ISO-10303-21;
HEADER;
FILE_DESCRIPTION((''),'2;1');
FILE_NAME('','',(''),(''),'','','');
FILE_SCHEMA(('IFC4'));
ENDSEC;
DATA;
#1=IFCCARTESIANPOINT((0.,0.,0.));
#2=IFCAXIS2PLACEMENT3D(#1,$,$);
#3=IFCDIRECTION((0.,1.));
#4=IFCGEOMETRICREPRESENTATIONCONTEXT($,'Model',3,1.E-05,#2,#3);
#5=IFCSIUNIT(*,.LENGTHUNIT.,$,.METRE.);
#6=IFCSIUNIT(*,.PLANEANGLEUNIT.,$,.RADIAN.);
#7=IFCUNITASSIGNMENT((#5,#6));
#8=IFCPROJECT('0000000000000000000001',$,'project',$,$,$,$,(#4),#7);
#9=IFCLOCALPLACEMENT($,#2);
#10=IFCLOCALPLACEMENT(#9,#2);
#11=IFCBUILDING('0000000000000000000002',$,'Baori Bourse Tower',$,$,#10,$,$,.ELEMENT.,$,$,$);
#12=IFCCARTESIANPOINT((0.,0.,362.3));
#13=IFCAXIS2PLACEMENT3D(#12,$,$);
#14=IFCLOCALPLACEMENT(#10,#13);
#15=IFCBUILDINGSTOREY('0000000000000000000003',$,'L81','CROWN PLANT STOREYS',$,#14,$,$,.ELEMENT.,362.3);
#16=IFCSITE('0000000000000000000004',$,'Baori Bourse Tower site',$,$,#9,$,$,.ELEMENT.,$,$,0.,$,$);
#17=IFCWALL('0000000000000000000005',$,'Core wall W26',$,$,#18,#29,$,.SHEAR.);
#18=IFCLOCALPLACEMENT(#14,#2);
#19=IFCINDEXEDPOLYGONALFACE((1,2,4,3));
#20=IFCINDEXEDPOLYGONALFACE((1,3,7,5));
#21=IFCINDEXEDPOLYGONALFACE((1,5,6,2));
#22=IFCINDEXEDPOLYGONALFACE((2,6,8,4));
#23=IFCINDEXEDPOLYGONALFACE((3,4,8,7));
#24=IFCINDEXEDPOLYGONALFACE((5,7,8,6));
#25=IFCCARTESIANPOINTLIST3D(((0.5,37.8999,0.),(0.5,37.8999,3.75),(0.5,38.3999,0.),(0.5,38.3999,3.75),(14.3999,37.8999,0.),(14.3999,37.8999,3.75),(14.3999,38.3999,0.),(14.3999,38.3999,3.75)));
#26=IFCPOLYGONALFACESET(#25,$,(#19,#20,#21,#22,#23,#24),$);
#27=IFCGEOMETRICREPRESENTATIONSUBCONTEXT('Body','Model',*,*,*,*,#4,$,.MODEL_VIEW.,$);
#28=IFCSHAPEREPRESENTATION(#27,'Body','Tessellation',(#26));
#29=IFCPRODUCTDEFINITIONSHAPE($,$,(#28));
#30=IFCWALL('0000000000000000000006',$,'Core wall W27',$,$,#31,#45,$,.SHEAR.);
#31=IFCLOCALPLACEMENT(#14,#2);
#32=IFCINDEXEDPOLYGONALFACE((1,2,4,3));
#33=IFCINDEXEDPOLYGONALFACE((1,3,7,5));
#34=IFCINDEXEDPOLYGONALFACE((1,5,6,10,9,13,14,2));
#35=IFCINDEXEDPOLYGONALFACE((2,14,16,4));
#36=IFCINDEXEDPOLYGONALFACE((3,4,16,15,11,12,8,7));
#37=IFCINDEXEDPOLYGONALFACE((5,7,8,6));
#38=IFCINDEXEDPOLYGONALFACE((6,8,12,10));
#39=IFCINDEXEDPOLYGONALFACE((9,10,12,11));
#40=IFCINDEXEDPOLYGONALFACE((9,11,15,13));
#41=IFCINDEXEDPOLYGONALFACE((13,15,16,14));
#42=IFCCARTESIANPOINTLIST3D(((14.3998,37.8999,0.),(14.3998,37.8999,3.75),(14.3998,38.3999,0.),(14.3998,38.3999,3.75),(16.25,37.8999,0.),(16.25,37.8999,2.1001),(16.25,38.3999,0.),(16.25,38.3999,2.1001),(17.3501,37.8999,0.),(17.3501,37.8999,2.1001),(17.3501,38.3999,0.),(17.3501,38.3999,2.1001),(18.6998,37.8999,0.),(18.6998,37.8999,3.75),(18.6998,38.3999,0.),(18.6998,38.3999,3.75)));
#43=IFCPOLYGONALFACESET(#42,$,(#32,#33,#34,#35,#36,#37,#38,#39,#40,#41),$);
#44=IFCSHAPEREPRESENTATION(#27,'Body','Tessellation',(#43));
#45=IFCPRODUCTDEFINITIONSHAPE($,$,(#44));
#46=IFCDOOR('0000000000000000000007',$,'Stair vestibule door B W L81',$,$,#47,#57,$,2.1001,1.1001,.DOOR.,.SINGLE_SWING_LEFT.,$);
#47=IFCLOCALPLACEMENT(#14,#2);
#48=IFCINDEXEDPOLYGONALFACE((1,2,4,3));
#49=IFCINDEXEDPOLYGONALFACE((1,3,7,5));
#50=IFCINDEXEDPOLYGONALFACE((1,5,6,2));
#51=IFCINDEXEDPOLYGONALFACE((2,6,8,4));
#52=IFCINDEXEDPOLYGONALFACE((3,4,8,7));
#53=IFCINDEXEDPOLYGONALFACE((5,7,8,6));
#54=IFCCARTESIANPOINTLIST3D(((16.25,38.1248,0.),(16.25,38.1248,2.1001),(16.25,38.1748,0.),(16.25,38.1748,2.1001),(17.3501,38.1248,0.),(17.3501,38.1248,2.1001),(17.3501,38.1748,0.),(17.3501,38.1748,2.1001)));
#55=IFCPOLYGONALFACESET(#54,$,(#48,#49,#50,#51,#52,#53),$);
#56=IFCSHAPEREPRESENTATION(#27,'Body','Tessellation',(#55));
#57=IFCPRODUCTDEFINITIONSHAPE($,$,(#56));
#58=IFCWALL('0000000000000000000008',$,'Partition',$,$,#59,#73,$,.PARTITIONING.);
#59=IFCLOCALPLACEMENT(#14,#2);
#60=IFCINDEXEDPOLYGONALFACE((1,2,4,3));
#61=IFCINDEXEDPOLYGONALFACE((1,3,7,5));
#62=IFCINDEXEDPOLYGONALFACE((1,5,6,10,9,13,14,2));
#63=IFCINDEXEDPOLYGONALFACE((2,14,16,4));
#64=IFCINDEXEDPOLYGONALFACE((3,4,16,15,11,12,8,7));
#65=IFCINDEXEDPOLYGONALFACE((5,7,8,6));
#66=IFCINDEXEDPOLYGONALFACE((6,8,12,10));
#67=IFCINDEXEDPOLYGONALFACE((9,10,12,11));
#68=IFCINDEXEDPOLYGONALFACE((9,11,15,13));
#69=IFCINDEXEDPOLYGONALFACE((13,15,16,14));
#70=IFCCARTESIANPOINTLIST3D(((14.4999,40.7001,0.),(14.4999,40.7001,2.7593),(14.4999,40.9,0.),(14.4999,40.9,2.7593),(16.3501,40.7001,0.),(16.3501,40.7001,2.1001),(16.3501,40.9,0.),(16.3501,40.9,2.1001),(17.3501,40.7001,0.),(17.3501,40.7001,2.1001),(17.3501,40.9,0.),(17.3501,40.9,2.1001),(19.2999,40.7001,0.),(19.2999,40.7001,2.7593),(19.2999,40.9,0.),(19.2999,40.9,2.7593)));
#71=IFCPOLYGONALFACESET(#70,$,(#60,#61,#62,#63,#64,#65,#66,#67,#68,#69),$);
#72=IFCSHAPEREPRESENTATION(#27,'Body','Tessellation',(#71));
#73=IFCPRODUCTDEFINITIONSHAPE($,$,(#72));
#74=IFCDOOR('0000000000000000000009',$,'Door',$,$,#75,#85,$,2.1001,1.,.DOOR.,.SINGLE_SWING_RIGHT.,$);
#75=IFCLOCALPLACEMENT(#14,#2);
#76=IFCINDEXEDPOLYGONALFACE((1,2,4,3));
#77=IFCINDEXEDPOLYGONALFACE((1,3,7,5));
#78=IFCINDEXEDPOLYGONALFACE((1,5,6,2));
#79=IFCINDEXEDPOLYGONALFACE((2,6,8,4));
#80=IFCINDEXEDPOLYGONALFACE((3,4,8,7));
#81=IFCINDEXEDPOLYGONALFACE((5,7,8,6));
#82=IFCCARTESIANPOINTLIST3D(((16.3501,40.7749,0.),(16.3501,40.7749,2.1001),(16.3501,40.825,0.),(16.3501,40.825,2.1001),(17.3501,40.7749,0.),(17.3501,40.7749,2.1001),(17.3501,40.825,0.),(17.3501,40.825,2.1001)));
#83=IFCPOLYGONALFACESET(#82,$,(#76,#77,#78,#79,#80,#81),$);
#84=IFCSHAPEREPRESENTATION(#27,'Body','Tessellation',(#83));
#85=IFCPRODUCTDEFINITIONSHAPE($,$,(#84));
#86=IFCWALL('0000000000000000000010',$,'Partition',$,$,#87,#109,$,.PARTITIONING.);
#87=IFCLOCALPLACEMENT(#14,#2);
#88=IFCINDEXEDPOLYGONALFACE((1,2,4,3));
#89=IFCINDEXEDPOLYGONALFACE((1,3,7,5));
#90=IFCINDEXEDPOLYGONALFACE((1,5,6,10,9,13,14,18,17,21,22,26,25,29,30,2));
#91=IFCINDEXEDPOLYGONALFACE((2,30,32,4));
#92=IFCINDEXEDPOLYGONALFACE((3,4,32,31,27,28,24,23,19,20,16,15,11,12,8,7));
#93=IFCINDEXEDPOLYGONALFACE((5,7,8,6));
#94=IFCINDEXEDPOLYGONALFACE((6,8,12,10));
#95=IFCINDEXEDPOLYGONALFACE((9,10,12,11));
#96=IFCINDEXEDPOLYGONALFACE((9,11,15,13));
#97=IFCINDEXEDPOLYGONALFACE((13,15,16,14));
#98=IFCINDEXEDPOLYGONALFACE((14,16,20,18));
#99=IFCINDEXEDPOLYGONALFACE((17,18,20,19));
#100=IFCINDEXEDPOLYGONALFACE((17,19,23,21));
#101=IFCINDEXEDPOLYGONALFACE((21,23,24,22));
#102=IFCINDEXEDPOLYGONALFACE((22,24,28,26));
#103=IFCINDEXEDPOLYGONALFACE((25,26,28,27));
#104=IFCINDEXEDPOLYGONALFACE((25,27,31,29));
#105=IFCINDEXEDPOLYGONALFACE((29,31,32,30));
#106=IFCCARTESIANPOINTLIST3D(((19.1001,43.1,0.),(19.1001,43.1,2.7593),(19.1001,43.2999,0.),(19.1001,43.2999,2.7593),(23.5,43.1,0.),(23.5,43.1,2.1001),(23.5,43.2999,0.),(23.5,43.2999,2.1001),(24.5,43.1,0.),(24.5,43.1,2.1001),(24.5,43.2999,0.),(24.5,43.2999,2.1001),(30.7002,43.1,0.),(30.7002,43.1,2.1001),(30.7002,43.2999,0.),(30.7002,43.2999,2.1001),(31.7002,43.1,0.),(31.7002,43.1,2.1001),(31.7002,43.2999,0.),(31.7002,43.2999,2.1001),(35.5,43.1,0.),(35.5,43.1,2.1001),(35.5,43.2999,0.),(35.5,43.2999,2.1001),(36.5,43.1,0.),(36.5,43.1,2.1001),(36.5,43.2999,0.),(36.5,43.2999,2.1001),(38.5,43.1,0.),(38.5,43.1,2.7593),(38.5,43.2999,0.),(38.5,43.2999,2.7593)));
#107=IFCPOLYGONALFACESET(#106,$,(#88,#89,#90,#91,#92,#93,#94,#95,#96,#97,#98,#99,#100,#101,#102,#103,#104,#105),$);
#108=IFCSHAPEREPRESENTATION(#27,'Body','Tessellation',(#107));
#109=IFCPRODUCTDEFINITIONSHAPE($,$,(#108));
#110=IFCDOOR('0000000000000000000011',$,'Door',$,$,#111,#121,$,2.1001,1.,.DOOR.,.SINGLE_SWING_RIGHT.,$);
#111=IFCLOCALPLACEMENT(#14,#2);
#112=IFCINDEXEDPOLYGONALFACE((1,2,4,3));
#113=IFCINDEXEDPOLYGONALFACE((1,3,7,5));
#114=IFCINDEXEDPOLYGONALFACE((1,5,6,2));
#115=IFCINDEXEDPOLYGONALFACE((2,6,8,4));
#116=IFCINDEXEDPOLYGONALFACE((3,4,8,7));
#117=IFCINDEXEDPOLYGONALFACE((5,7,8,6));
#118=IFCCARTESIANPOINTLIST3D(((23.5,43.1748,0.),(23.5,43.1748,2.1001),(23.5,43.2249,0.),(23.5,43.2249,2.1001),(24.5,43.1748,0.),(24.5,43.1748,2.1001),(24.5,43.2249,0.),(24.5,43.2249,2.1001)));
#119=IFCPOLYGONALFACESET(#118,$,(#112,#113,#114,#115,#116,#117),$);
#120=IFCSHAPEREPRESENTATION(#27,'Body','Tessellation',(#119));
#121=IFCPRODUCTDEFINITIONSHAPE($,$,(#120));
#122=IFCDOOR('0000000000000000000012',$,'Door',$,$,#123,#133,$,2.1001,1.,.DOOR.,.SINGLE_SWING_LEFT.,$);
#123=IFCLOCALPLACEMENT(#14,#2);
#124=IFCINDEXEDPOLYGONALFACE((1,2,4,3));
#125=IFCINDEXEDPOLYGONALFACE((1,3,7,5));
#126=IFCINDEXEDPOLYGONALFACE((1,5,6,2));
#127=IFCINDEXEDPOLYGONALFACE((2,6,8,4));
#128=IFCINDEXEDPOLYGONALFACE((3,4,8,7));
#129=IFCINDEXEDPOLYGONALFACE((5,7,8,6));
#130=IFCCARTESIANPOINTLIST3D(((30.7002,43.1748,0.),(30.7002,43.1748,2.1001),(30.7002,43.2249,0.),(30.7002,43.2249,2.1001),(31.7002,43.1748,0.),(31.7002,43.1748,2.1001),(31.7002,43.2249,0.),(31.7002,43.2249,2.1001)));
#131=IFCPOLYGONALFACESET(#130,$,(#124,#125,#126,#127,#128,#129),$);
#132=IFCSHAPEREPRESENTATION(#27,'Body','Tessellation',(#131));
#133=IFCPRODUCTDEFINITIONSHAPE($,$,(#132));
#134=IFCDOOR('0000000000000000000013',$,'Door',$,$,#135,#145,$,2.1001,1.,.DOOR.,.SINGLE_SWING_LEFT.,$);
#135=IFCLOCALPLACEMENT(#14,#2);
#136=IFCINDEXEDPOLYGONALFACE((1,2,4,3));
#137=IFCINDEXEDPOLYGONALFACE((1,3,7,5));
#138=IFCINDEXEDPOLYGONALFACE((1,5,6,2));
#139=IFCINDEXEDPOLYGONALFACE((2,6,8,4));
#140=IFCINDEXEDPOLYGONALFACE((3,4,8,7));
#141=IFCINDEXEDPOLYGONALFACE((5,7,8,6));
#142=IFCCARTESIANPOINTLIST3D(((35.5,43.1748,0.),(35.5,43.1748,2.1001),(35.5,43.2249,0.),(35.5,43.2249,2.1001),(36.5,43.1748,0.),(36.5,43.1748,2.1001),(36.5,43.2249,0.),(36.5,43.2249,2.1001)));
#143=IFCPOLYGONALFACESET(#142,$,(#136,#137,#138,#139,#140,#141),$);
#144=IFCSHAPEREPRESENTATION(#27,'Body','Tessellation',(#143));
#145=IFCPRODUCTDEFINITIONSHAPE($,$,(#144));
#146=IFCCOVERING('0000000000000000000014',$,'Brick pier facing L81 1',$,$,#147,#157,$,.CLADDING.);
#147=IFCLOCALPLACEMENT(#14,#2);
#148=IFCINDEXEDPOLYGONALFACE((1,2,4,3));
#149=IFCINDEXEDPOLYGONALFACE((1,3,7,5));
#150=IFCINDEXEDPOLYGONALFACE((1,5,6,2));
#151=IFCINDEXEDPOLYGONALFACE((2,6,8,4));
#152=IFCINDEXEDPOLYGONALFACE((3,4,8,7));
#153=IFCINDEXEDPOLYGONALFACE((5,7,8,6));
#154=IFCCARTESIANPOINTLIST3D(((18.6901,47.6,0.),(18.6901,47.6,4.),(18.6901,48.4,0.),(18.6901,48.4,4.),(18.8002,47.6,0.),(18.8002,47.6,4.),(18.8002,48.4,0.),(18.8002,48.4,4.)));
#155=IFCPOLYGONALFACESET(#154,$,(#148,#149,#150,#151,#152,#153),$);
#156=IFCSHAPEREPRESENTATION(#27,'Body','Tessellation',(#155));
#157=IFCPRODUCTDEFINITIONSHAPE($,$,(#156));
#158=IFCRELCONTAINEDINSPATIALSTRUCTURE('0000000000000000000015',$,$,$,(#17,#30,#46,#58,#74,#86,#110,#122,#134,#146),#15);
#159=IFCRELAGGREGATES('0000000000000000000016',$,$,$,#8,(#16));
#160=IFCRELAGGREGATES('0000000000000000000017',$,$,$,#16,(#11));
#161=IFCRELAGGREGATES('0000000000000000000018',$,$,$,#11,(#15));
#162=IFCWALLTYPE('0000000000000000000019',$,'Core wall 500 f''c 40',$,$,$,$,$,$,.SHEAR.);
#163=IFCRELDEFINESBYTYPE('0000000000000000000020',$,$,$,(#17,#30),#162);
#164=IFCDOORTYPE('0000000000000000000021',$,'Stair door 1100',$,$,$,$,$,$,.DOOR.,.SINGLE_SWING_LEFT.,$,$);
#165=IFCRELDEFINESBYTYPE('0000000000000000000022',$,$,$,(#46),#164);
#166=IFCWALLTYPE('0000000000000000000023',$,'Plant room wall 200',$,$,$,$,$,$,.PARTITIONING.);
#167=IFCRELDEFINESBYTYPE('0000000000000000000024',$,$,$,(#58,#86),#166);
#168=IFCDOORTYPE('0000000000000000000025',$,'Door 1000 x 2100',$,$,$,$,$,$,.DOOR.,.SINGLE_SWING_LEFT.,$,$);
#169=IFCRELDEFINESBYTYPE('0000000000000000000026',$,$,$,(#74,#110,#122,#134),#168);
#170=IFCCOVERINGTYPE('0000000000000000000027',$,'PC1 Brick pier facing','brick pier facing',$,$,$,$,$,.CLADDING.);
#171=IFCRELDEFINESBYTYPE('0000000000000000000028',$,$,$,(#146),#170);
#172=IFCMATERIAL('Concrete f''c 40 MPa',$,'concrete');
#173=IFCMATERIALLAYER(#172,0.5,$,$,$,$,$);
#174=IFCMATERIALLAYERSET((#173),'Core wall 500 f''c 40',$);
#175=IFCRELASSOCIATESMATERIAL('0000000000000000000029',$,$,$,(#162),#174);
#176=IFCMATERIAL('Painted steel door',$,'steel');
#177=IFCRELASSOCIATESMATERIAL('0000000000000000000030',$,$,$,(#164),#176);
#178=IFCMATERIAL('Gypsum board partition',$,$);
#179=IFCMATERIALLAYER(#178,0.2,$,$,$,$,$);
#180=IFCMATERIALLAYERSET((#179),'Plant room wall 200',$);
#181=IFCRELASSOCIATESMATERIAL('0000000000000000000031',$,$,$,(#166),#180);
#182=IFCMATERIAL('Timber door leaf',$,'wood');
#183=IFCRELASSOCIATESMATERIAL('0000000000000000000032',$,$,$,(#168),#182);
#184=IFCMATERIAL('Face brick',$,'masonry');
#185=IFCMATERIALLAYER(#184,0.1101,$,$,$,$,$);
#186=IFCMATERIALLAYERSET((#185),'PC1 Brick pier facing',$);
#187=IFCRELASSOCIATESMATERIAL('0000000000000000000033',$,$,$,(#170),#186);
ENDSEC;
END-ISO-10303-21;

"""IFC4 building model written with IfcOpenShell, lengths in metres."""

from ifc_helpers import new_model, si_unit, direction, frame, frame_2d, origin, origin_2d, place, context, subcontext, project, spatial, rectangle, extrude, material, layer, layer_set, type_object, element, fill, save


model = new_model("IFC4")

# Units and contexts
model_context = context("Model", 3, precision=1e-05, world=origin(), true_north=direction((0.0, 1.0)))
body_context = subcontext(model_context, "Body", "Model", "MODEL_VIEW")
ifc_project = project(units=[si_unit("LENGTHUNIT", "METRE"), si_unit("PLANEANGLEUNIT", "RADIAN")], contexts=[model_context])

# Site, building, storey
site_placement = place(None, origin())
site = spatial("IfcSite", under=ifc_project, at=site_placement, Name="Baori Bourse Tower site", CompositionType="ELEMENT", RefElevation=0.0)
building_placement = place(site_placement, origin())
building = spatial("IfcBuilding", under=site, at=building_placement, Name="Baori Bourse Tower", CompositionType="ELEMENT")
storey_placement = place(building_placement, frame((0.0, 0.0, 362.3)))
storey = spatial("IfcBuildingStorey", under=building, at=storey_placement, Name="L81", Description="CROWN PLANT STOREYS", CompositionType="ELEMENT", Elevation=362.3)

# Shared definitions
ifc_material_1 = material(Name="Concrete f'c 40 MPa", Category="concrete")
ifc_layer_1 = layer(ifc_material_1, 0.5)
ifc_layer_set_1 = layer_set([ifc_layer_1], Name="Core wall 500 f'c 40")
wall_type_1 = type_object("IfcWallType", Name="Core wall 500 f'c 40", PredefinedType="SHEAR", material=ifc_layer_set_1)

# Wall
wall_1_placement = place(storey_placement, frame((0.5, 38.1499, 0.0), z_axis=(0.0, 0.0, 1.0), x_axis=(1.0, 0.0, 0.0)))
element("IfcWall", 1, at=wall_1_placement, inside=storey, type_object=wall_type_1, Name="Core wall W26", PredefinedType="SHEAR", context=body_context, shape_type="SweptSolid", body=[
    extrude(rectangle(XDim=13.8999, YDim=0.5, at=frame_2d((6.95, 0.0))), origin(), (0.0, 0.0, 1.0), 3.75),
])

# Walls, openings, doors
wall_2_placement = place(storey_placement, frame((14.3999, 38.1499, 0.0), z_axis=(0.0, 0.0, 1.0), x_axis=(1.0, 0.0, 0.0)))
wall_2 = element("IfcWall", 2, at=wall_2_placement, inside=storey, type_object=wall_type_1, Name="Core wall W27", PredefinedType="SHEAR", context=body_context, shape_type="SweptSolid", body=[
    extrude(rectangle(XDim=4.3, YDim=0.5, at=frame_2d((2.1499, 0.0))), origin(), (0.0, 0.0, 1.0), 3.75),
])
opening_1_placement = place(wall_2_placement, frame((1.8501, 0.0, 0.0)))
opening_1 = element("IfcOpeningElement", 3, at=opening_1_placement, cuts=wall_2, PredefinedType="OPENING", context=body_context, shape_type="SweptSolid", body=[
    extrude(rectangle(XDim=1.1001, YDim=2.1001, at=frame_2d((0.55, 1.05))), frame((0.0, 0.26, 0.0), z_axis=(0.0, -1.0, 0.0), x_axis=(1.0, 0.0, 0.0)), (0.0, 0.0, 1.0), 0.52),
])
ifc_material_2 = material(Name="Painted steel door", Category="steel")
door_type_1 = type_object("IfcDoorType", Name="Stair door 1100", OperationType="SINGLE_SWING_LEFT", PredefinedType="DOOR", material=ifc_material_2)
door_1_placement = place(opening_1_placement, origin())
door_1 = element("IfcDoor", 4, at=door_1_placement, inside=storey, type_object=door_type_1, Name="Stair vestibule door B W L81", OperationType="SINGLE_SWING_LEFT", OverallHeight=2.1001, OverallWidth=1.1001, PredefinedType="DOOR", context=body_context, shape_type="SweptSolid", body=[
    extrude(rectangle(XDim=1.1001, YDim=2.1001, at=frame_2d((0.55, 1.05))), frame((0.0, 0.0249, 0.0), z_axis=(0.0, -1.0, 0.0), x_axis=(1.0, 0.0, 0.0)), (0.0, 0.0, 1.0), 0.05),
])
fill(opening_1, door_1)
ifc_material_3 = material(Name="Gypsum board partition")
ifc_layer_2 = layer(ifc_material_3, 0.2)
ifc_layer_set_2 = layer_set([ifc_layer_2], Name="Plant room wall 200")
wall_type_2 = type_object("IfcWallType", Name="Plant room wall 200", PredefinedType="PARTITIONING", material=ifc_layer_set_2)
wall_3_placement = place(storey_placement, frame((14.5, 40.8, 0.0), z_axis=(0.0, 0.0, 1.0), x_axis=(1.0, 0.0, 0.0)))
wall_3 = element("IfcWall", 5, at=wall_3_placement, inside=storey, type_object=wall_type_2, Name="Partition", PredefinedType="PARTITIONING", context=body_context, shape_type="SweptSolid", body=[
    extrude(rectangle(XDim=4.8, YDim=0.2, at=frame_2d((2.3999, 0.0))), origin(), (0.0, 0.0, 1.0), 2.7593),
])
opening_2_placement = place(wall_3_placement, frame((1.8501, 0.0, 0.0)))
opening_2 = element("IfcOpeningElement", 6, at=opening_2_placement, cuts=wall_3, PredefinedType="OPENING", context=body_context, shape_type="SweptSolid", body=[
    extrude(rectangle(XDim=1.0, YDim=2.1001, at=frame_2d((0.5, 1.05))), frame((0.0, 0.1099, 0.0), z_axis=(0.0, -1.0, 0.0), x_axis=(1.0, 0.0, 0.0)), (0.0, 0.0, 1.0), 0.22),
])
ifc_material_4 = material(Name="Timber door leaf", Category="wood")
door_type_2 = type_object("IfcDoorType", Name="Door 1000 x 2100", OperationType="SINGLE_SWING_LEFT", PredefinedType="DOOR", material=ifc_material_4)
door_2_placement = place(opening_2_placement, origin())
door_2 = element("IfcDoor", 7, at=door_2_placement, inside=storey, type_object=door_type_2, Name="Door", OperationType="SINGLE_SWING_RIGHT", OverallHeight=2.1001, OverallWidth=1.0, PredefinedType="DOOR", context=body_context, shape_type="SweptSolid", body=[
    extrude(rectangle(XDim=1.0, YDim=2.1001, at=frame_2d((0.5, 1.05))), frame((0.0, 0.0249, 0.0), z_axis=(0.0, -1.0, 0.0), x_axis=(1.0, 0.0, 0.0)), (0.0, 0.0, 1.0), 0.05),
])
fill(opening_2, door_2)

# Wall, openings, doors
wall_4_placement = place(storey_placement, frame((19.1001, 43.2, 0.0), z_axis=(0.0, 0.0, 1.0), x_axis=(1.0, 0.0, 0.0)))
wall_4 = element("IfcWall", 8, at=wall_4_placement, inside=storey, type_object=wall_type_2, Name="Partition", PredefinedType="PARTITIONING", context=body_context, shape_type="SweptSolid", body=[
    extrude(rectangle(XDim=19.3999, YDim=0.2, at=frame_2d((9.7, 0.0))), origin(), (0.0, 0.0, 1.0), 2.7593),
])
opening_3_placement = place(wall_4_placement, frame((4.3999, 0.0, 0.0)))
opening_3 = element("IfcOpeningElement", 9, at=opening_3_placement, cuts=wall_4, PredefinedType="OPENING", context=body_context, shape_type="SweptSolid", body=[
    extrude(rectangle(XDim=1.0, YDim=2.1001, at=frame_2d((0.5, 1.05))), frame((0.0, 0.1099, 0.0), z_axis=(0.0, -1.0, 0.0), x_axis=(1.0, 0.0, 0.0)), (0.0, 0.0, 1.0), 0.22),
])
opening_4_placement = place(wall_4_placement, frame((11.6001, 0.0, 0.0)))
opening_4 = element("IfcOpeningElement", 10, at=opening_4_placement, cuts=wall_4, PredefinedType="OPENING", context=body_context, shape_type="SweptSolid", body=[
    extrude(rectangle(XDim=1.0, YDim=2.1001, at=frame_2d((0.5, 1.05))), frame((0.0, 0.1099, 0.0), z_axis=(0.0, -1.0, 0.0), x_axis=(1.0, 0.0, 0.0)), (0.0, 0.0, 1.0), 0.22),
])
opening_5_placement = place(wall_4_placement, frame((16.3999, 0.0, 0.0)))
opening_5 = element("IfcOpeningElement", 11, at=opening_5_placement, cuts=wall_4, PredefinedType="OPENING", context=body_context, shape_type="SweptSolid", body=[
    extrude(rectangle(XDim=1.0, YDim=2.1001, at=frame_2d((0.5, 1.05))), frame((0.0, 0.1099, 0.0), z_axis=(0.0, -1.0, 0.0), x_axis=(1.0, 0.0, 0.0)), (0.0, 0.0, 1.0), 0.22),
])
door_3_placement = place(opening_3_placement, origin())
door_3 = element("IfcDoor", 12, at=door_3_placement, inside=storey, type_object=door_type_2, Name="Door", OperationType="SINGLE_SWING_RIGHT", OverallHeight=2.1001, OverallWidth=1.0, PredefinedType="DOOR", context=body_context, shape_type="SweptSolid", body=[
    extrude(rectangle(XDim=1.0, YDim=2.1001, at=frame_2d((0.5, 1.05))), frame((0.0, 0.0249, 0.0), z_axis=(0.0, -1.0, 0.0), x_axis=(1.0, 0.0, 0.0)), (0.0, 0.0, 1.0), 0.05),
])
fill(opening_3, door_3)
door_4_placement = place(opening_4_placement, origin())
door_4 = element("IfcDoor", 13, at=door_4_placement, inside=storey, type_object=door_type_2, Name="Door", OperationType="SINGLE_SWING_LEFT", OverallHeight=2.1001, OverallWidth=1.0, PredefinedType="DOOR", context=body_context, shape_type="SweptSolid", body=[
    extrude(rectangle(XDim=1.0, YDim=2.1001, at=frame_2d((0.5, 1.05))), frame((0.0, 0.0249, 0.0), z_axis=(0.0, -1.0, 0.0), x_axis=(1.0, 0.0, 0.0)), (0.0, 0.0, 1.0), 0.05),
])
fill(opening_4, door_4)
door_5_placement = place(opening_5_placement, origin())
door_5 = element("IfcDoor", 14, at=door_5_placement, inside=storey, type_object=door_type_2, Name="Door", OperationType="SINGLE_SWING_LEFT", OverallHeight=2.1001, OverallWidth=1.0, PredefinedType="DOOR", context=body_context, shape_type="SweptSolid", body=[
    extrude(rectangle(XDim=1.0, YDim=2.1001, at=frame_2d((0.5, 1.05))), frame((0.0, 0.0249, 0.0), z_axis=(0.0, -1.0, 0.0), x_axis=(1.0, 0.0, 0.0)), (0.0, 0.0, 1.0), 0.05),
])
fill(opening_5, door_5)

# Covering
ifc_material_5 = material(Name="Face brick", Category="masonry")
ifc_layer_3 = layer(ifc_material_5, 0.1101)
ifc_layer_set_3 = layer_set([ifc_layer_3], Name="PC1 Brick pier facing")
covering_type = type_object("IfcCoveringType", Name="PC1 Brick pier facing", Description="brick pier facing", PredefinedType="CLADDING", material=ifc_layer_set_3)
covering_placement = place(storey_placement, frame((18.7451, 48.0, 0.0), z_axis=(0.0, 0.0, 1.0), x_axis=(1.0, 0.0, 0.0)))
element("IfcCovering", 15, at=covering_placement, inside=storey, type_object=covering_type, Name="Brick pier facing L81 1", PredefinedType="CLADDING", context=body_context, shape_type="SweptSolid", body=[
    extrude(rectangle(XDim=0.1101, YDim=0.8, at=origin_2d()), origin(), (0.0, 0.0, 1.0), 4.0),
])

save(model, "model.ifc")
